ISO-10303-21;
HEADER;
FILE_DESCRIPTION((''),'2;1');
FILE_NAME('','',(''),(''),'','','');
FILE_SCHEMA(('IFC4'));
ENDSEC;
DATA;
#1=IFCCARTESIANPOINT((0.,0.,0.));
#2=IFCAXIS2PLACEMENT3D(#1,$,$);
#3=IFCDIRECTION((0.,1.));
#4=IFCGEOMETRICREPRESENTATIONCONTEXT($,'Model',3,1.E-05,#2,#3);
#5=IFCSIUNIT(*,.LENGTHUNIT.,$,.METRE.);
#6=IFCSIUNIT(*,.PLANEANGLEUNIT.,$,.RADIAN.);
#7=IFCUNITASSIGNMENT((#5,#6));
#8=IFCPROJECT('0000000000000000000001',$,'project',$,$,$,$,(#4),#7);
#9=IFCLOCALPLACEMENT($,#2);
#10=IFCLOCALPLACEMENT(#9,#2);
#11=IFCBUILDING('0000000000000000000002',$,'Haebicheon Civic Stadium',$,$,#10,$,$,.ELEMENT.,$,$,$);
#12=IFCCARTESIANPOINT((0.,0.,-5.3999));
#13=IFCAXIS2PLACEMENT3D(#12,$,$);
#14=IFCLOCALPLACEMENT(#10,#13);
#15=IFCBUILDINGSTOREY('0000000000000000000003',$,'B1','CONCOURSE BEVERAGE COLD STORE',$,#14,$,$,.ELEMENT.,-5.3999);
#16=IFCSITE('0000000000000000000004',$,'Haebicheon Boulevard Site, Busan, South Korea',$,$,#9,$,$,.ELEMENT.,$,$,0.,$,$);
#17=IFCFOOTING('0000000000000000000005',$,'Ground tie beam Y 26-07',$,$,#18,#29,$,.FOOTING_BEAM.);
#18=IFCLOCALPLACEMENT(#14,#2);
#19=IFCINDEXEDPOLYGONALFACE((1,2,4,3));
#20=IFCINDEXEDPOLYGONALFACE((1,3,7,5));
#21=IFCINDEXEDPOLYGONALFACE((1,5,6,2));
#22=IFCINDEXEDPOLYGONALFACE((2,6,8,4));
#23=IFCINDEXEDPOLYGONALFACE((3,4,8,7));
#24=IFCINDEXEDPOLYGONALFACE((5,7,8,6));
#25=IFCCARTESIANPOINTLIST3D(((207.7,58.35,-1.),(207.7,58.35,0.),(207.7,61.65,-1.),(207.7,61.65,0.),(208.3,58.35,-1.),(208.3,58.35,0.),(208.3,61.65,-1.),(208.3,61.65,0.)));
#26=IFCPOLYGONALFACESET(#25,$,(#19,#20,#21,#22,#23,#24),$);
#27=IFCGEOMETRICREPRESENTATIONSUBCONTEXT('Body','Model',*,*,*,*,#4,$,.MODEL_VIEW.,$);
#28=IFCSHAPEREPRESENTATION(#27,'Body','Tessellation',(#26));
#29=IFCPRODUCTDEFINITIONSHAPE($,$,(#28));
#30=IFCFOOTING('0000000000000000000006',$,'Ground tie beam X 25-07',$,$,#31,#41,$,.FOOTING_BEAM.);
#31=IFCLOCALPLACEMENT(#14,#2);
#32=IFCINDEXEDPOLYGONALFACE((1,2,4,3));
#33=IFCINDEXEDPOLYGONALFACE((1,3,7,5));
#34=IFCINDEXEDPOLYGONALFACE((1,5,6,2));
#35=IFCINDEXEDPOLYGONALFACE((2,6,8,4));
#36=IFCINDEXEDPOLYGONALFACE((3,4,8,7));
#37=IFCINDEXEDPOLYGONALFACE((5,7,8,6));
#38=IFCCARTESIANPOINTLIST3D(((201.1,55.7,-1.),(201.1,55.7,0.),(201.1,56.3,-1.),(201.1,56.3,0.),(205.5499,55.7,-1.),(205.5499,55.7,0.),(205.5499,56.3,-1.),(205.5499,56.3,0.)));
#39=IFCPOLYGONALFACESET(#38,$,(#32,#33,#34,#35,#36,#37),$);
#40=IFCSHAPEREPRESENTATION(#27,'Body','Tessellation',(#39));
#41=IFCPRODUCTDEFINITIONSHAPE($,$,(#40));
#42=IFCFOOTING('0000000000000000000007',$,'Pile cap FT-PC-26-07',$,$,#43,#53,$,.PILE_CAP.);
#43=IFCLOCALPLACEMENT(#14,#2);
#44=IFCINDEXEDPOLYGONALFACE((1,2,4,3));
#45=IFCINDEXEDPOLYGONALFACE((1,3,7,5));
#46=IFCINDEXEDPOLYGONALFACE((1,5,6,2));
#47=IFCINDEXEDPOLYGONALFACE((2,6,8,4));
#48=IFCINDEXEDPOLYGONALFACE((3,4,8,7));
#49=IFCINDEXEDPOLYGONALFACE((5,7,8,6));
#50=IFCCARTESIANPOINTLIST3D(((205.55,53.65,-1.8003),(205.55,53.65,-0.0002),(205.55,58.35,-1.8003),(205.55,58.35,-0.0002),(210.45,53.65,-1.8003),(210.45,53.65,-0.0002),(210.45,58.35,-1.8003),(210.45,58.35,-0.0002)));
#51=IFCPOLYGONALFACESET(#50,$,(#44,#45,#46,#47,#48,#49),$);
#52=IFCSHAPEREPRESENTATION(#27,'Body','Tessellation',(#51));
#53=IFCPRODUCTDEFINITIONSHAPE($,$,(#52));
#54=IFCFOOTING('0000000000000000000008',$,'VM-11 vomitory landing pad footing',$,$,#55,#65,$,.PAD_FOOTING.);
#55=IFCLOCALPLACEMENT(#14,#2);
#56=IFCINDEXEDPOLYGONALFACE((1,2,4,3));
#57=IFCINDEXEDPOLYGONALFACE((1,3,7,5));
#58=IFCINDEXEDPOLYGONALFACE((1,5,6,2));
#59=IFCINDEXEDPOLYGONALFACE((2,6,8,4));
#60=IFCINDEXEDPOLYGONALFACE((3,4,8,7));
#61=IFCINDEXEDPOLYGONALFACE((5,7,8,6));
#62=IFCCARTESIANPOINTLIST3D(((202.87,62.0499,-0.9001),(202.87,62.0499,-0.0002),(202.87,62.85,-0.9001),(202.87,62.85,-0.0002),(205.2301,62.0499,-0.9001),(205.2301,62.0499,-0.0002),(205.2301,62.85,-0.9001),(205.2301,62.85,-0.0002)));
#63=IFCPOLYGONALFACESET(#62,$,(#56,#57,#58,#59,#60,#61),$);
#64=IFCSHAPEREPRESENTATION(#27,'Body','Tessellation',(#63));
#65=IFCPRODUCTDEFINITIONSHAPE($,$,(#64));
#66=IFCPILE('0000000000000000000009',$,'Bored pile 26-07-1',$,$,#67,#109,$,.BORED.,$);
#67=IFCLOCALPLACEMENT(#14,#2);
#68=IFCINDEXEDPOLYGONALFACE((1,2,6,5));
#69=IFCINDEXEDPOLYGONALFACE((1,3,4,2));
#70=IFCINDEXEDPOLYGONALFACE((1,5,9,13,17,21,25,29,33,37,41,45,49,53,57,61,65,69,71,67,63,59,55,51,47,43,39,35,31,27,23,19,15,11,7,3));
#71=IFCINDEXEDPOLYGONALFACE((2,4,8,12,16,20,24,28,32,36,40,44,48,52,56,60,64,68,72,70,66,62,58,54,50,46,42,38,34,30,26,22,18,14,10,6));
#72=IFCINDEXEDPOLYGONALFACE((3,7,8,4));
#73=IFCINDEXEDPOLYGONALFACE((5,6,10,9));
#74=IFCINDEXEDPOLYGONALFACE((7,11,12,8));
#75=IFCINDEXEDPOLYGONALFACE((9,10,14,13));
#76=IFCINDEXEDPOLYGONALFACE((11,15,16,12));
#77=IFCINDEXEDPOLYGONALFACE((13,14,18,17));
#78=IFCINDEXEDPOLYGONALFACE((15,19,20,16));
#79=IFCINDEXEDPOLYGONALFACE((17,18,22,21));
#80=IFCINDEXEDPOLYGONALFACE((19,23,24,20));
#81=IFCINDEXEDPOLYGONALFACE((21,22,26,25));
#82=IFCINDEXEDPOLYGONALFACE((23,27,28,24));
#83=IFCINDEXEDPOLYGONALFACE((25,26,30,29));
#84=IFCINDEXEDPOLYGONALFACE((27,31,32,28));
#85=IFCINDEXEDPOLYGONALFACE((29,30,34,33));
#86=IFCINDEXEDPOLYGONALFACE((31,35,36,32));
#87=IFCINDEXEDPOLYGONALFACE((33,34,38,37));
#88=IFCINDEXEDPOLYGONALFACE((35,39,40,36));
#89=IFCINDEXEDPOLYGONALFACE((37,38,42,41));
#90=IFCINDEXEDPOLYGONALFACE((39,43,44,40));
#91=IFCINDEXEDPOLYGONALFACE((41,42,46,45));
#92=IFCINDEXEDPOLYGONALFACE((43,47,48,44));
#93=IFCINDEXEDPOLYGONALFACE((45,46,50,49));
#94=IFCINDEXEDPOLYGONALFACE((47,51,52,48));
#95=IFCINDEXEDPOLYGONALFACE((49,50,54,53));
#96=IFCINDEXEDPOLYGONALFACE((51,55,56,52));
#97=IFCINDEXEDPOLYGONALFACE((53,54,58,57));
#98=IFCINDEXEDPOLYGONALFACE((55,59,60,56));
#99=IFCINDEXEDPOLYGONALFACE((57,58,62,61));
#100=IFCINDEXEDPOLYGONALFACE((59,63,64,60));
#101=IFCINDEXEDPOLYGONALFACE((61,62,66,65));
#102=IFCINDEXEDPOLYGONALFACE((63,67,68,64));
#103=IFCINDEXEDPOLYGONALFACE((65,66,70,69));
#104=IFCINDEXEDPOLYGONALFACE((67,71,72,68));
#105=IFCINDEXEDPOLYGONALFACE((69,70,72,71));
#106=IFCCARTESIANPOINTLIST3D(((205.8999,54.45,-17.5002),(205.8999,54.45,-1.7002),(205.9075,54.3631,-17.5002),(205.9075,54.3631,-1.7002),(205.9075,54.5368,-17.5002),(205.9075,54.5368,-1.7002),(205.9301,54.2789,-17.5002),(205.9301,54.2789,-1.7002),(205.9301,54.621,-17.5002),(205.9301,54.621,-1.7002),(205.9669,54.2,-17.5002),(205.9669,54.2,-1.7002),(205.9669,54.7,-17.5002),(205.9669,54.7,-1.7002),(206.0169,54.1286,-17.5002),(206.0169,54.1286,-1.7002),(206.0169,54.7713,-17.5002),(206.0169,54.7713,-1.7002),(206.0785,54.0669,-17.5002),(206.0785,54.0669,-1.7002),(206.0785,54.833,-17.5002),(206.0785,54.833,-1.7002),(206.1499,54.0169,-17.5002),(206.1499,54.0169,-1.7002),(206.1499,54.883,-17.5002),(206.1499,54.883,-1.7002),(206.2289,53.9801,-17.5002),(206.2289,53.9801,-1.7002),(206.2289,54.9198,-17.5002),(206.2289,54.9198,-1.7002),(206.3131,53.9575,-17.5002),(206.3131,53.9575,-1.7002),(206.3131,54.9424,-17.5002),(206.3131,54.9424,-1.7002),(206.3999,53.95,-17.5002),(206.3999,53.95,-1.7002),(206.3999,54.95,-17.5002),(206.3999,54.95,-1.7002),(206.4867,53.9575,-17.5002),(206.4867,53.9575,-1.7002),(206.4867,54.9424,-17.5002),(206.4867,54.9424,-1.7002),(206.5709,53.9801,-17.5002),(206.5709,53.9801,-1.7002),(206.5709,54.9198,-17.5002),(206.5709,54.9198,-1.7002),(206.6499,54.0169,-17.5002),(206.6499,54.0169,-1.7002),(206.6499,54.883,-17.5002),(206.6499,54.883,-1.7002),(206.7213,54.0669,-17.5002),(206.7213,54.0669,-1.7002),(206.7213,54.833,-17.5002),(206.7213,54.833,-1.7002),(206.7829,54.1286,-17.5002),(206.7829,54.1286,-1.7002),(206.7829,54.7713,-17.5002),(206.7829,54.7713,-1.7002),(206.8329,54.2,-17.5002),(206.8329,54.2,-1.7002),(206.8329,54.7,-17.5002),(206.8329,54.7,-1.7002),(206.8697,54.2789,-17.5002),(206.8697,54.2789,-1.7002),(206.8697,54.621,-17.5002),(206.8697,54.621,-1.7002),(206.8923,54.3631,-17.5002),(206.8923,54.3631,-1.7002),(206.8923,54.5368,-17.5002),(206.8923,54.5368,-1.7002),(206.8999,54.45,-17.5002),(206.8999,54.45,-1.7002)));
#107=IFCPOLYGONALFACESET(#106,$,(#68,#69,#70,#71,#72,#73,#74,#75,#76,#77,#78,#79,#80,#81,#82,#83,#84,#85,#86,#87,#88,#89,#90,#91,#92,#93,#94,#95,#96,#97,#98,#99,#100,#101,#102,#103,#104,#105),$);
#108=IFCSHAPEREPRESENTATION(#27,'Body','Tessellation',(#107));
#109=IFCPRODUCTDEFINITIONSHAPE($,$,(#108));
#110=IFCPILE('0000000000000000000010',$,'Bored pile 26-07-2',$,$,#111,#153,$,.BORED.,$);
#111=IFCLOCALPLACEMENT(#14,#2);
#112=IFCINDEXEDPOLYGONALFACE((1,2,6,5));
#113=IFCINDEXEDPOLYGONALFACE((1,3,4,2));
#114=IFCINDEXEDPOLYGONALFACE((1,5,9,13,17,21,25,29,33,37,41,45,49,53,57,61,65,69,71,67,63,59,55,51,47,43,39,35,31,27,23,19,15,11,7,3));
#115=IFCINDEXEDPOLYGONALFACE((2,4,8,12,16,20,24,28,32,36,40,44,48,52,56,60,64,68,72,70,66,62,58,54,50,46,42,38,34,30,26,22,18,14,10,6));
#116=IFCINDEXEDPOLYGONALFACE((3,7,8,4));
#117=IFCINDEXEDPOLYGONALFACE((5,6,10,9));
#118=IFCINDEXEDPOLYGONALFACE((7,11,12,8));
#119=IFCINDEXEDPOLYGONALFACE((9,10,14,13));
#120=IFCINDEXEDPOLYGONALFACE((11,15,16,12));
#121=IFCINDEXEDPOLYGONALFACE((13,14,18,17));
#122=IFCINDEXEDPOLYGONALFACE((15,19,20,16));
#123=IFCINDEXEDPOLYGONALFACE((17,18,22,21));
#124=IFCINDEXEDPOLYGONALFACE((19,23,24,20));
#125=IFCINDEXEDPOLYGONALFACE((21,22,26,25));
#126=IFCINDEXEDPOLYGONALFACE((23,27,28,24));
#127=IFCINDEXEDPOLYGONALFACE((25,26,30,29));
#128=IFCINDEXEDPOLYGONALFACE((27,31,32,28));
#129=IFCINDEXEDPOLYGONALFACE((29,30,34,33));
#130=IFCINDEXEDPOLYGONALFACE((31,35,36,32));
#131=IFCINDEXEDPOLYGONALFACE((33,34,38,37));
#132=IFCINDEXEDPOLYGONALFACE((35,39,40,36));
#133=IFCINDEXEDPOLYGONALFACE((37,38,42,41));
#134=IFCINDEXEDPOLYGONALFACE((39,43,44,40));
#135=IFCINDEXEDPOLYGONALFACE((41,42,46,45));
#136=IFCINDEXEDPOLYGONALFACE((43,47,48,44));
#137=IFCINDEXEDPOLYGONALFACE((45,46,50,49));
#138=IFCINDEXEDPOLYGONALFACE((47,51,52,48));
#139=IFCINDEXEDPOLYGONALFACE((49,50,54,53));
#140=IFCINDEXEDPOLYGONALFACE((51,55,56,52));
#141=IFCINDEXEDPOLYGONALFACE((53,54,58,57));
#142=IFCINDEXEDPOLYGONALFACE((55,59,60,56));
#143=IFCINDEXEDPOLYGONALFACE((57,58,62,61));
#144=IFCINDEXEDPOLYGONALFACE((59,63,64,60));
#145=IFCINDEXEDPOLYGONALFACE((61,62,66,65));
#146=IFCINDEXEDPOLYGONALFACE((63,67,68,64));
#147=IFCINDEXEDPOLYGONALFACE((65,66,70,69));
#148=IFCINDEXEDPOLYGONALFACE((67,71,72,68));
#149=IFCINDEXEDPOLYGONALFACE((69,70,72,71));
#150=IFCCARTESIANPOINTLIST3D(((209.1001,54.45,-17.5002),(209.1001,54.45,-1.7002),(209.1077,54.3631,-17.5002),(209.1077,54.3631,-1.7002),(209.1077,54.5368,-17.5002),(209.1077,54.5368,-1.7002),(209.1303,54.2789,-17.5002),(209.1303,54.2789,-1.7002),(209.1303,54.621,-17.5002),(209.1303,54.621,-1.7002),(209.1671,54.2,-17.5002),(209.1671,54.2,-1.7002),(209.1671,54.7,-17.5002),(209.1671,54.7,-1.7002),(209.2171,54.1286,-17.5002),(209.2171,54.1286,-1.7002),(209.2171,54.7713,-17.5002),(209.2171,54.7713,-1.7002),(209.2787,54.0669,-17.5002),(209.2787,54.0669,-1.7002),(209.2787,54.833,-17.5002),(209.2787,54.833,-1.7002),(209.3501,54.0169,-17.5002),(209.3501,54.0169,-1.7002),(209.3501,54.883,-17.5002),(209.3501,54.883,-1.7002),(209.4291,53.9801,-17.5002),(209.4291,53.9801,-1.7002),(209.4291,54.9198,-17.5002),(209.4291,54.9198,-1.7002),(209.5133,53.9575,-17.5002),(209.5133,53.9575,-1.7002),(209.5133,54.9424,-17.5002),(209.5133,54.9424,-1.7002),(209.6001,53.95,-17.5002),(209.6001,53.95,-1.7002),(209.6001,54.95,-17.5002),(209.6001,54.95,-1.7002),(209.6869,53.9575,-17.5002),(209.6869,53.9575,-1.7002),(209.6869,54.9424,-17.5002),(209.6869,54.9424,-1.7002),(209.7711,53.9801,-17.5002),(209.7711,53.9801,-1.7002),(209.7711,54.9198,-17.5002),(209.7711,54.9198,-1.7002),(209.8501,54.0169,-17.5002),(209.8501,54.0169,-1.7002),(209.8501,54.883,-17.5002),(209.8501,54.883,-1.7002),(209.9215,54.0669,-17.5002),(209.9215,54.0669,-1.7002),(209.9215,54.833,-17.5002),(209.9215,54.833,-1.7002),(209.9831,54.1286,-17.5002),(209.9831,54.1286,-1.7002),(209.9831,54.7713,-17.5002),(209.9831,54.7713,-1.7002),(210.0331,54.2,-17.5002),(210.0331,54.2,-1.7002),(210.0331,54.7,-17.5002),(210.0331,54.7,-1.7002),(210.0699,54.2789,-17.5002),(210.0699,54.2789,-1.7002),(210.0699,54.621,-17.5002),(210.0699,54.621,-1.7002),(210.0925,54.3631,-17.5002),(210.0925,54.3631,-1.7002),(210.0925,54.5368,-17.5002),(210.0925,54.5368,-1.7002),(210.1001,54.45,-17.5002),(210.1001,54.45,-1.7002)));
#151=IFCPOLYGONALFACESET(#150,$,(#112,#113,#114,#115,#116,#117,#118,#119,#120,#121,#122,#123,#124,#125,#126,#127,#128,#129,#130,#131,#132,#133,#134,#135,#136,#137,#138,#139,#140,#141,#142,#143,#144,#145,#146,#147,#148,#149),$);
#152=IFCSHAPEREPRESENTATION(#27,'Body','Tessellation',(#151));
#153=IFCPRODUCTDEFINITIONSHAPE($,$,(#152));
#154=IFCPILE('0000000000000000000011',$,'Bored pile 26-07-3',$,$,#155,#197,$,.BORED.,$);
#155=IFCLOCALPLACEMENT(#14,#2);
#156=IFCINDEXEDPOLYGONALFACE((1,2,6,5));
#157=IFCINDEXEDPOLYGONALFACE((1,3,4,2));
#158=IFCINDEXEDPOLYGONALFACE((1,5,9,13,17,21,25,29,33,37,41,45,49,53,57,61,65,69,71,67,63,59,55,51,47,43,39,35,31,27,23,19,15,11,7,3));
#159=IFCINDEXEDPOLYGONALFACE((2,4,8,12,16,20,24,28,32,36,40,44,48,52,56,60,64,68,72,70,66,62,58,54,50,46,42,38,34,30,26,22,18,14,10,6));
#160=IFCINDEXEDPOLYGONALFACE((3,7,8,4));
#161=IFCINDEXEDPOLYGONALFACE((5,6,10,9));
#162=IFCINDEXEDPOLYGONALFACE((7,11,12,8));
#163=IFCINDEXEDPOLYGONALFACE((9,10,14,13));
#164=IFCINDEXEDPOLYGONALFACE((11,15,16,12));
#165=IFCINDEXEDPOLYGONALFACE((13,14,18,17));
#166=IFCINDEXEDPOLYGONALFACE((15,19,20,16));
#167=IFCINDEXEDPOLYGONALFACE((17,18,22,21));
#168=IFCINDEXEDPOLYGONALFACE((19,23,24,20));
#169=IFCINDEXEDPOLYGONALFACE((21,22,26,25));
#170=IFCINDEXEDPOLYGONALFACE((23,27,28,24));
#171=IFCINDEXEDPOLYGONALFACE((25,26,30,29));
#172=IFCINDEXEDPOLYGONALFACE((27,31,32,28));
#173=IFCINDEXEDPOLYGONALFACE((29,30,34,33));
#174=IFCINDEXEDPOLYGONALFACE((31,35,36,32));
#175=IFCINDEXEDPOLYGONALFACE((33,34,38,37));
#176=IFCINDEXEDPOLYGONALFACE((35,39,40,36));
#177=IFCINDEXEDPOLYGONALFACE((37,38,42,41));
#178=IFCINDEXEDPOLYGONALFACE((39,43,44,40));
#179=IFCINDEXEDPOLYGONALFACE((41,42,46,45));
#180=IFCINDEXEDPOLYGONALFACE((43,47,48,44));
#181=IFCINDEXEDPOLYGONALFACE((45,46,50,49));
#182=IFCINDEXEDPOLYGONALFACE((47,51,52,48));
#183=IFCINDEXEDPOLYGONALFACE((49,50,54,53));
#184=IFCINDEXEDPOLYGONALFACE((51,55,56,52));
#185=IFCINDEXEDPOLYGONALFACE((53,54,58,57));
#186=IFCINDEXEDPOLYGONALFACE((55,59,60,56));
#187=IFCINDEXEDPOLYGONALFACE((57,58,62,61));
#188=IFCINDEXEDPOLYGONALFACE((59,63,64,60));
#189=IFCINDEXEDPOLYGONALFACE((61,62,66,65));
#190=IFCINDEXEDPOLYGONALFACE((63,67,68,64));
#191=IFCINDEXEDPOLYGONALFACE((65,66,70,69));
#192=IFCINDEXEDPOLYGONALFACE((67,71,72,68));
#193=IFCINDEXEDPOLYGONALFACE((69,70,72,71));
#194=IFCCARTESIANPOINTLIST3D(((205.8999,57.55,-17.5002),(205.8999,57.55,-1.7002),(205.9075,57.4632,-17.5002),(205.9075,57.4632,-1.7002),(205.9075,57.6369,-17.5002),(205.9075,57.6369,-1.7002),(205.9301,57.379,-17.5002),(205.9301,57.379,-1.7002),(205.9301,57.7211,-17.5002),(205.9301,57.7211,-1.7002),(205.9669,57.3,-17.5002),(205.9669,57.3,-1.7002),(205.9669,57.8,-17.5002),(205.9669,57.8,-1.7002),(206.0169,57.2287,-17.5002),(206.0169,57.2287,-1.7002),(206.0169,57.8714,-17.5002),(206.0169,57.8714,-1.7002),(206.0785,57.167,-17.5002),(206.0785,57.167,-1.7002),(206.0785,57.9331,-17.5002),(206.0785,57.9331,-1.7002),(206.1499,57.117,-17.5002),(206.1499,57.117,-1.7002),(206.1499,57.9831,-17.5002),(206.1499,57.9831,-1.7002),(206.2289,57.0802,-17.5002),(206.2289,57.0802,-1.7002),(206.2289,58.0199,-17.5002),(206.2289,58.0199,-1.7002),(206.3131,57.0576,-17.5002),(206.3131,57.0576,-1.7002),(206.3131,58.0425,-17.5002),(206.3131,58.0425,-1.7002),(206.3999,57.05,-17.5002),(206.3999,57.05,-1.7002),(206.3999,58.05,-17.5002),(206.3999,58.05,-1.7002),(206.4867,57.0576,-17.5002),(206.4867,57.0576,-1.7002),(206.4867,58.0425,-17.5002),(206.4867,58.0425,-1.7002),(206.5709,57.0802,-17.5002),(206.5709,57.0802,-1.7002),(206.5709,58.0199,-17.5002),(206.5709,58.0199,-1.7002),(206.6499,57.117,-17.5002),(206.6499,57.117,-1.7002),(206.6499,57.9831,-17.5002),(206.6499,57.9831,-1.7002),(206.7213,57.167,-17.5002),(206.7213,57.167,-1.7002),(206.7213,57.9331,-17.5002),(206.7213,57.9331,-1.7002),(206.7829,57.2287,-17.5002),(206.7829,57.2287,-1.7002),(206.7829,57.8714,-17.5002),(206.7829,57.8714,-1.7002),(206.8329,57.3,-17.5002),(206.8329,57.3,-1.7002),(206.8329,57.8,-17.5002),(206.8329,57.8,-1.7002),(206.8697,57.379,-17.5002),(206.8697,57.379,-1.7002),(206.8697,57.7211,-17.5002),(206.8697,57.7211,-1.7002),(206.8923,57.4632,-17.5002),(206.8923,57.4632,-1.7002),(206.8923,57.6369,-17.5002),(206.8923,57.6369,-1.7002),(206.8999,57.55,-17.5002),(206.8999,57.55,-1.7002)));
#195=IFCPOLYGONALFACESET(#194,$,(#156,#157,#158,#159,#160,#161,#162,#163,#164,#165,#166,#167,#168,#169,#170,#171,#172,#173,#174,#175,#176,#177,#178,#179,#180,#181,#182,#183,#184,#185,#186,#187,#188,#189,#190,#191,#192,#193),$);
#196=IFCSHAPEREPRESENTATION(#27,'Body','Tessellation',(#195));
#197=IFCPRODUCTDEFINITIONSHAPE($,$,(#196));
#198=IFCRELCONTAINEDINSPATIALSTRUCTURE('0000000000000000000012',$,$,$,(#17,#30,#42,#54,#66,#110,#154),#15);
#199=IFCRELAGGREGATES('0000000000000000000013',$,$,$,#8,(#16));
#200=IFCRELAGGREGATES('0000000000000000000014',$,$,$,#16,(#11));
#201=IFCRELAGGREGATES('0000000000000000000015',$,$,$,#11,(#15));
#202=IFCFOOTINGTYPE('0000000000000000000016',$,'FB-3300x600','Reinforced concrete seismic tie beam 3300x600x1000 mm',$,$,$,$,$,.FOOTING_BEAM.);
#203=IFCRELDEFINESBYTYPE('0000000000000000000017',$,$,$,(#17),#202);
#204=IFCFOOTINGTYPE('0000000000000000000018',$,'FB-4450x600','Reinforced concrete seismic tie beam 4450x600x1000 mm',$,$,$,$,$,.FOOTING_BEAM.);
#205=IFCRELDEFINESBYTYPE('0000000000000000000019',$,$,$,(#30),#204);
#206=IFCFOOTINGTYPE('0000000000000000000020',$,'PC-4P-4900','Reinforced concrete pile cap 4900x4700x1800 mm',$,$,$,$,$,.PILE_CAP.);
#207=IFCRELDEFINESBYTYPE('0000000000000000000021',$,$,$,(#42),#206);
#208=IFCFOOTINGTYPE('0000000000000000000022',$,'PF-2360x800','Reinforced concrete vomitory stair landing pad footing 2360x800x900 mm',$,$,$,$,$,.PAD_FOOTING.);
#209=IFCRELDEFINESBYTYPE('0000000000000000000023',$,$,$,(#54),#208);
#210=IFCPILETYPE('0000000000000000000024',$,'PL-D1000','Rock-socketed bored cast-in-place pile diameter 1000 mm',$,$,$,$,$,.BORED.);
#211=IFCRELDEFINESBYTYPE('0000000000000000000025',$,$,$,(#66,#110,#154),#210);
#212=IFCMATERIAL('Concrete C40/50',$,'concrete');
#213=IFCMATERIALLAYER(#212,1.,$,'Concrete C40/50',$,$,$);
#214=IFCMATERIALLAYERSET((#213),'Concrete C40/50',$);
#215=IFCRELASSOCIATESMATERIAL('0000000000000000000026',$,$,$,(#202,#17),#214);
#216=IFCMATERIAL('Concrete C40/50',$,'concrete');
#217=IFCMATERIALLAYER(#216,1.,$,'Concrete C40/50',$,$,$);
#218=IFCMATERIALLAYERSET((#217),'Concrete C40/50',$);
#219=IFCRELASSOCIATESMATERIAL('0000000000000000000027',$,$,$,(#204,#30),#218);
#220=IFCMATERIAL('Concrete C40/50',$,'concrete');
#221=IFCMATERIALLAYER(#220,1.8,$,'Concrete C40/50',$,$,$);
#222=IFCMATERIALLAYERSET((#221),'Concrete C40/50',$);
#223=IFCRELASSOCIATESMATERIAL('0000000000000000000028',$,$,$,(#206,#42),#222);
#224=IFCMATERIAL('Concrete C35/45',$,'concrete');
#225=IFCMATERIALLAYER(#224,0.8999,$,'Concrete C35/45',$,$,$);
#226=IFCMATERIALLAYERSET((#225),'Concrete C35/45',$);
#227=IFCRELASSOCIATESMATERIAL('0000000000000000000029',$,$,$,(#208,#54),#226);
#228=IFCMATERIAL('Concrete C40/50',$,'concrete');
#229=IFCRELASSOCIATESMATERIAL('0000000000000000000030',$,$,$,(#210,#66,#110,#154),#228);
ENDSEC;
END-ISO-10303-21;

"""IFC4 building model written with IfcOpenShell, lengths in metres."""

from ifc_helpers import new_model, si_unit, direction, frame, origin, origin_2d, place, context, subcontext, project, spatial, rectangle, circle, extrude, material, layer, layer_set, material_profile, profile_set, type_object, element, save


model = new_model("IFC4")

# Units and contexts
model_context = context("Model", 3, precision=1e-05, world=origin(), true_north=direction((0.0, 1.0)))
body_context = subcontext(model_context, "Body", "Model", "MODEL_VIEW")
ifc_project = project(units=[si_unit("LENGTHUNIT", "METRE"), si_unit("PLANEANGLEUNIT", "RADIAN")], contexts=[model_context])

# Site, building, storey
site_placement = place(None, origin())
site = spatial("IfcSite", under=ifc_project, at=site_placement, Name="Haebicheon Boulevard Site, Busan, South Korea", CompositionType="ELEMENT", RefElevation=0.0)
building_placement = place(site_placement, origin())
building = spatial("IfcBuilding", under=site, at=building_placement, Name="Haebicheon Civic Stadium", CompositionType="ELEMENT")
storey_placement = place(building_placement, frame((0.0, 0.0, -5.3999)))
storey = spatial("IfcBuildingStorey", under=building, at=storey_placement, Name="B1", Description="CONCOURSE BEVERAGE COLD STORE", CompositionType="ELEMENT", Elevation=-5.3999)

# Footings
ifc_material_1 = material(Name="Concrete C40/50", Category="concrete")
ifc_layer_1 = layer(ifc_material_1, 1.0, Name="Concrete C40/50")
ifc_layer_set_1 = layer_set([ifc_layer_1], Name="Concrete C40/50")
footing_type_1 = type_object("IfcFootingType", Name="FB-3300x600", Description="Reinforced concrete seismic tie beam 3300x600x1000 mm", PredefinedType="FOOTING_BEAM", material=ifc_layer_set_1)
footing_1_placement = place(storey_placement, frame((208.0, 60.0, -1.0), z_axis=(0.0, 0.0, 1.0), x_axis=(0.0, 1.0, 0.0)))
element("IfcFooting", 1, at=footing_1_placement, inside=storey, type_object=footing_type_1, material=ifc_layer_set_1, Name="Ground tie beam Y 26-07", PredefinedType="FOOTING_BEAM", context=body_context, shape_type="SweptSolid", body=[
    extrude(rectangle(XDim=3.3, YDim=0.6001, at=origin_2d()), origin(), (0.0, 0.0, 1.0), 1.0),
])
ifc_material_2 = material(Name="Concrete C40/50", Category="concrete")
ifc_layer_2 = layer(ifc_material_2, 1.0, Name="Concrete C40/50")
ifc_layer_set_2 = layer_set([ifc_layer_2], Name="Concrete C40/50")
footing_type_2 = type_object("IfcFootingType", Name="FB-4450x600", Description="Reinforced concrete seismic tie beam 4450x600x1000 mm", PredefinedType="FOOTING_BEAM", material=ifc_layer_set_2)
footing_2_placement = place(storey_placement, frame((203.325, 56.0, -1.0), z_axis=(0.0, 0.0, 1.0), x_axis=(1.0, 0.0, 0.0)))
element("IfcFooting", 2, at=footing_2_placement, inside=storey, type_object=footing_type_2, material=ifc_layer_set_2, Name="Ground tie beam X 25-07", PredefinedType="FOOTING_BEAM", context=body_context, shape_type="SweptSolid", body=[
    extrude(rectangle(XDim=4.45, YDim=0.6001, at=origin_2d()), origin(), (0.0, 0.0, 1.0), 1.0),
])
ifc_material_3 = material(Name="Concrete C40/50", Category="concrete")
ifc_layer_3 = layer(ifc_material_3, 1.8, Name="Concrete C40/50")
ifc_layer_set_3 = layer_set([ifc_layer_3], Name="Concrete C40/50")
footing_type_3 = type_object("IfcFootingType", Name="PC-4P-4900", Description="Reinforced concrete pile cap 4900x4700x1800 mm", PredefinedType="PILE_CAP", material=ifc_layer_set_3)
footing_3_placement = place(storey_placement, frame((208.0, 56.0, -1.8003), z_axis=(0.0, 0.0, 1.0), x_axis=(1.0, 0.0, 0.0)))
element("IfcFooting", 3, at=footing_3_placement, inside=storey, type_object=footing_type_3, material=ifc_layer_set_3, Name="Pile cap FT-PC-26-07", PredefinedType="PILE_CAP", context=body_context, shape_type="SweptSolid", body=[
    extrude(rectangle(XDim=4.8999, YDim=4.7, at=origin_2d()), origin(), (0.0, 0.0, 1.0), 1.8),
])
ifc_material_4 = material(Name="Concrete C35/45", Category="concrete")
ifc_layer_4 = layer(ifc_material_4, 0.8999, Name="Concrete C35/45")
ifc_layer_set_4 = layer_set([ifc_layer_4], Name="Concrete C35/45")
footing_type_4 = type_object("IfcFootingType", Name="PF-2360x800", Description="Reinforced concrete vomitory stair landing pad footing 2360x800x900 mm", PredefinedType="PAD_FOOTING", material=ifc_layer_set_4)
footing_4_placement = place(storey_placement, frame((204.05, 62.45, -0.9001), z_axis=(0.0, 0.0, 1.0), x_axis=(1.0, 0.0, 0.0)))
element("IfcFooting", 4, at=footing_4_placement, inside=storey, type_object=footing_type_4, material=ifc_layer_set_4, Name="VM-11 vomitory landing pad footing", PredefinedType="PAD_FOOTING", context=body_context, shape_type="SweptSolid", body=[
    extrude(rectangle(XDim=2.3601, YDim=0.8, at=origin_2d()), origin(), (0.0, 0.0, 1.0), 0.8999),
])

# Piles
ifc_material_5 = material(Name="Concrete C40/50", Category="concrete")
ifc_material_profile_1 = material_profile(ifc_material_5, circle(Radius=0.5, at=origin_2d()), Name="PILE-D1000")
ifc_profile_set_1 = profile_set([ifc_material_profile_1], Name="Concrete C40/50")
pile_type = type_object("IfcPileType", Name="PL-D1000", Description="Rock-socketed bored cast-in-place pile diameter 1000 mm", PredefinedType="BORED", material=ifc_profile_set_1)
for number, where, z_axis, x_axis, name in (
    (5, (206.3999, 54.45, -1.7002), (0.0, 0.0, -1.0), (1.0, 0.0, 0.0), "Bored pile 26-07-1"),
    (6, (209.6001, 54.45, -1.7002), (0.0, 0.0, -1.0), (1.0, 0.0, 0.0), "Bored pile 26-07-2"),
    (7, (206.3999, 57.55, -1.7002), (0.0, 0.0, -1.0), (1.0, 0.0, 0.0), "Bored pile 26-07-3"),
):
    element("IfcPile", number, at=place(storey_placement, frame(where, z_axis=z_axis, x_axis=x_axis)), inside=storey, type_object=pile_type, material=ifc_profile_set_1, Name=name, PredefinedType="BORED", context=body_context, shape_type="SweptSolid", body=[
        extrude(circle(Radius=0.5, at=origin_2d()), origin(), (0.0, 0.0, 1.0), 15.8),
    ])

save(model, "model.ifc")
